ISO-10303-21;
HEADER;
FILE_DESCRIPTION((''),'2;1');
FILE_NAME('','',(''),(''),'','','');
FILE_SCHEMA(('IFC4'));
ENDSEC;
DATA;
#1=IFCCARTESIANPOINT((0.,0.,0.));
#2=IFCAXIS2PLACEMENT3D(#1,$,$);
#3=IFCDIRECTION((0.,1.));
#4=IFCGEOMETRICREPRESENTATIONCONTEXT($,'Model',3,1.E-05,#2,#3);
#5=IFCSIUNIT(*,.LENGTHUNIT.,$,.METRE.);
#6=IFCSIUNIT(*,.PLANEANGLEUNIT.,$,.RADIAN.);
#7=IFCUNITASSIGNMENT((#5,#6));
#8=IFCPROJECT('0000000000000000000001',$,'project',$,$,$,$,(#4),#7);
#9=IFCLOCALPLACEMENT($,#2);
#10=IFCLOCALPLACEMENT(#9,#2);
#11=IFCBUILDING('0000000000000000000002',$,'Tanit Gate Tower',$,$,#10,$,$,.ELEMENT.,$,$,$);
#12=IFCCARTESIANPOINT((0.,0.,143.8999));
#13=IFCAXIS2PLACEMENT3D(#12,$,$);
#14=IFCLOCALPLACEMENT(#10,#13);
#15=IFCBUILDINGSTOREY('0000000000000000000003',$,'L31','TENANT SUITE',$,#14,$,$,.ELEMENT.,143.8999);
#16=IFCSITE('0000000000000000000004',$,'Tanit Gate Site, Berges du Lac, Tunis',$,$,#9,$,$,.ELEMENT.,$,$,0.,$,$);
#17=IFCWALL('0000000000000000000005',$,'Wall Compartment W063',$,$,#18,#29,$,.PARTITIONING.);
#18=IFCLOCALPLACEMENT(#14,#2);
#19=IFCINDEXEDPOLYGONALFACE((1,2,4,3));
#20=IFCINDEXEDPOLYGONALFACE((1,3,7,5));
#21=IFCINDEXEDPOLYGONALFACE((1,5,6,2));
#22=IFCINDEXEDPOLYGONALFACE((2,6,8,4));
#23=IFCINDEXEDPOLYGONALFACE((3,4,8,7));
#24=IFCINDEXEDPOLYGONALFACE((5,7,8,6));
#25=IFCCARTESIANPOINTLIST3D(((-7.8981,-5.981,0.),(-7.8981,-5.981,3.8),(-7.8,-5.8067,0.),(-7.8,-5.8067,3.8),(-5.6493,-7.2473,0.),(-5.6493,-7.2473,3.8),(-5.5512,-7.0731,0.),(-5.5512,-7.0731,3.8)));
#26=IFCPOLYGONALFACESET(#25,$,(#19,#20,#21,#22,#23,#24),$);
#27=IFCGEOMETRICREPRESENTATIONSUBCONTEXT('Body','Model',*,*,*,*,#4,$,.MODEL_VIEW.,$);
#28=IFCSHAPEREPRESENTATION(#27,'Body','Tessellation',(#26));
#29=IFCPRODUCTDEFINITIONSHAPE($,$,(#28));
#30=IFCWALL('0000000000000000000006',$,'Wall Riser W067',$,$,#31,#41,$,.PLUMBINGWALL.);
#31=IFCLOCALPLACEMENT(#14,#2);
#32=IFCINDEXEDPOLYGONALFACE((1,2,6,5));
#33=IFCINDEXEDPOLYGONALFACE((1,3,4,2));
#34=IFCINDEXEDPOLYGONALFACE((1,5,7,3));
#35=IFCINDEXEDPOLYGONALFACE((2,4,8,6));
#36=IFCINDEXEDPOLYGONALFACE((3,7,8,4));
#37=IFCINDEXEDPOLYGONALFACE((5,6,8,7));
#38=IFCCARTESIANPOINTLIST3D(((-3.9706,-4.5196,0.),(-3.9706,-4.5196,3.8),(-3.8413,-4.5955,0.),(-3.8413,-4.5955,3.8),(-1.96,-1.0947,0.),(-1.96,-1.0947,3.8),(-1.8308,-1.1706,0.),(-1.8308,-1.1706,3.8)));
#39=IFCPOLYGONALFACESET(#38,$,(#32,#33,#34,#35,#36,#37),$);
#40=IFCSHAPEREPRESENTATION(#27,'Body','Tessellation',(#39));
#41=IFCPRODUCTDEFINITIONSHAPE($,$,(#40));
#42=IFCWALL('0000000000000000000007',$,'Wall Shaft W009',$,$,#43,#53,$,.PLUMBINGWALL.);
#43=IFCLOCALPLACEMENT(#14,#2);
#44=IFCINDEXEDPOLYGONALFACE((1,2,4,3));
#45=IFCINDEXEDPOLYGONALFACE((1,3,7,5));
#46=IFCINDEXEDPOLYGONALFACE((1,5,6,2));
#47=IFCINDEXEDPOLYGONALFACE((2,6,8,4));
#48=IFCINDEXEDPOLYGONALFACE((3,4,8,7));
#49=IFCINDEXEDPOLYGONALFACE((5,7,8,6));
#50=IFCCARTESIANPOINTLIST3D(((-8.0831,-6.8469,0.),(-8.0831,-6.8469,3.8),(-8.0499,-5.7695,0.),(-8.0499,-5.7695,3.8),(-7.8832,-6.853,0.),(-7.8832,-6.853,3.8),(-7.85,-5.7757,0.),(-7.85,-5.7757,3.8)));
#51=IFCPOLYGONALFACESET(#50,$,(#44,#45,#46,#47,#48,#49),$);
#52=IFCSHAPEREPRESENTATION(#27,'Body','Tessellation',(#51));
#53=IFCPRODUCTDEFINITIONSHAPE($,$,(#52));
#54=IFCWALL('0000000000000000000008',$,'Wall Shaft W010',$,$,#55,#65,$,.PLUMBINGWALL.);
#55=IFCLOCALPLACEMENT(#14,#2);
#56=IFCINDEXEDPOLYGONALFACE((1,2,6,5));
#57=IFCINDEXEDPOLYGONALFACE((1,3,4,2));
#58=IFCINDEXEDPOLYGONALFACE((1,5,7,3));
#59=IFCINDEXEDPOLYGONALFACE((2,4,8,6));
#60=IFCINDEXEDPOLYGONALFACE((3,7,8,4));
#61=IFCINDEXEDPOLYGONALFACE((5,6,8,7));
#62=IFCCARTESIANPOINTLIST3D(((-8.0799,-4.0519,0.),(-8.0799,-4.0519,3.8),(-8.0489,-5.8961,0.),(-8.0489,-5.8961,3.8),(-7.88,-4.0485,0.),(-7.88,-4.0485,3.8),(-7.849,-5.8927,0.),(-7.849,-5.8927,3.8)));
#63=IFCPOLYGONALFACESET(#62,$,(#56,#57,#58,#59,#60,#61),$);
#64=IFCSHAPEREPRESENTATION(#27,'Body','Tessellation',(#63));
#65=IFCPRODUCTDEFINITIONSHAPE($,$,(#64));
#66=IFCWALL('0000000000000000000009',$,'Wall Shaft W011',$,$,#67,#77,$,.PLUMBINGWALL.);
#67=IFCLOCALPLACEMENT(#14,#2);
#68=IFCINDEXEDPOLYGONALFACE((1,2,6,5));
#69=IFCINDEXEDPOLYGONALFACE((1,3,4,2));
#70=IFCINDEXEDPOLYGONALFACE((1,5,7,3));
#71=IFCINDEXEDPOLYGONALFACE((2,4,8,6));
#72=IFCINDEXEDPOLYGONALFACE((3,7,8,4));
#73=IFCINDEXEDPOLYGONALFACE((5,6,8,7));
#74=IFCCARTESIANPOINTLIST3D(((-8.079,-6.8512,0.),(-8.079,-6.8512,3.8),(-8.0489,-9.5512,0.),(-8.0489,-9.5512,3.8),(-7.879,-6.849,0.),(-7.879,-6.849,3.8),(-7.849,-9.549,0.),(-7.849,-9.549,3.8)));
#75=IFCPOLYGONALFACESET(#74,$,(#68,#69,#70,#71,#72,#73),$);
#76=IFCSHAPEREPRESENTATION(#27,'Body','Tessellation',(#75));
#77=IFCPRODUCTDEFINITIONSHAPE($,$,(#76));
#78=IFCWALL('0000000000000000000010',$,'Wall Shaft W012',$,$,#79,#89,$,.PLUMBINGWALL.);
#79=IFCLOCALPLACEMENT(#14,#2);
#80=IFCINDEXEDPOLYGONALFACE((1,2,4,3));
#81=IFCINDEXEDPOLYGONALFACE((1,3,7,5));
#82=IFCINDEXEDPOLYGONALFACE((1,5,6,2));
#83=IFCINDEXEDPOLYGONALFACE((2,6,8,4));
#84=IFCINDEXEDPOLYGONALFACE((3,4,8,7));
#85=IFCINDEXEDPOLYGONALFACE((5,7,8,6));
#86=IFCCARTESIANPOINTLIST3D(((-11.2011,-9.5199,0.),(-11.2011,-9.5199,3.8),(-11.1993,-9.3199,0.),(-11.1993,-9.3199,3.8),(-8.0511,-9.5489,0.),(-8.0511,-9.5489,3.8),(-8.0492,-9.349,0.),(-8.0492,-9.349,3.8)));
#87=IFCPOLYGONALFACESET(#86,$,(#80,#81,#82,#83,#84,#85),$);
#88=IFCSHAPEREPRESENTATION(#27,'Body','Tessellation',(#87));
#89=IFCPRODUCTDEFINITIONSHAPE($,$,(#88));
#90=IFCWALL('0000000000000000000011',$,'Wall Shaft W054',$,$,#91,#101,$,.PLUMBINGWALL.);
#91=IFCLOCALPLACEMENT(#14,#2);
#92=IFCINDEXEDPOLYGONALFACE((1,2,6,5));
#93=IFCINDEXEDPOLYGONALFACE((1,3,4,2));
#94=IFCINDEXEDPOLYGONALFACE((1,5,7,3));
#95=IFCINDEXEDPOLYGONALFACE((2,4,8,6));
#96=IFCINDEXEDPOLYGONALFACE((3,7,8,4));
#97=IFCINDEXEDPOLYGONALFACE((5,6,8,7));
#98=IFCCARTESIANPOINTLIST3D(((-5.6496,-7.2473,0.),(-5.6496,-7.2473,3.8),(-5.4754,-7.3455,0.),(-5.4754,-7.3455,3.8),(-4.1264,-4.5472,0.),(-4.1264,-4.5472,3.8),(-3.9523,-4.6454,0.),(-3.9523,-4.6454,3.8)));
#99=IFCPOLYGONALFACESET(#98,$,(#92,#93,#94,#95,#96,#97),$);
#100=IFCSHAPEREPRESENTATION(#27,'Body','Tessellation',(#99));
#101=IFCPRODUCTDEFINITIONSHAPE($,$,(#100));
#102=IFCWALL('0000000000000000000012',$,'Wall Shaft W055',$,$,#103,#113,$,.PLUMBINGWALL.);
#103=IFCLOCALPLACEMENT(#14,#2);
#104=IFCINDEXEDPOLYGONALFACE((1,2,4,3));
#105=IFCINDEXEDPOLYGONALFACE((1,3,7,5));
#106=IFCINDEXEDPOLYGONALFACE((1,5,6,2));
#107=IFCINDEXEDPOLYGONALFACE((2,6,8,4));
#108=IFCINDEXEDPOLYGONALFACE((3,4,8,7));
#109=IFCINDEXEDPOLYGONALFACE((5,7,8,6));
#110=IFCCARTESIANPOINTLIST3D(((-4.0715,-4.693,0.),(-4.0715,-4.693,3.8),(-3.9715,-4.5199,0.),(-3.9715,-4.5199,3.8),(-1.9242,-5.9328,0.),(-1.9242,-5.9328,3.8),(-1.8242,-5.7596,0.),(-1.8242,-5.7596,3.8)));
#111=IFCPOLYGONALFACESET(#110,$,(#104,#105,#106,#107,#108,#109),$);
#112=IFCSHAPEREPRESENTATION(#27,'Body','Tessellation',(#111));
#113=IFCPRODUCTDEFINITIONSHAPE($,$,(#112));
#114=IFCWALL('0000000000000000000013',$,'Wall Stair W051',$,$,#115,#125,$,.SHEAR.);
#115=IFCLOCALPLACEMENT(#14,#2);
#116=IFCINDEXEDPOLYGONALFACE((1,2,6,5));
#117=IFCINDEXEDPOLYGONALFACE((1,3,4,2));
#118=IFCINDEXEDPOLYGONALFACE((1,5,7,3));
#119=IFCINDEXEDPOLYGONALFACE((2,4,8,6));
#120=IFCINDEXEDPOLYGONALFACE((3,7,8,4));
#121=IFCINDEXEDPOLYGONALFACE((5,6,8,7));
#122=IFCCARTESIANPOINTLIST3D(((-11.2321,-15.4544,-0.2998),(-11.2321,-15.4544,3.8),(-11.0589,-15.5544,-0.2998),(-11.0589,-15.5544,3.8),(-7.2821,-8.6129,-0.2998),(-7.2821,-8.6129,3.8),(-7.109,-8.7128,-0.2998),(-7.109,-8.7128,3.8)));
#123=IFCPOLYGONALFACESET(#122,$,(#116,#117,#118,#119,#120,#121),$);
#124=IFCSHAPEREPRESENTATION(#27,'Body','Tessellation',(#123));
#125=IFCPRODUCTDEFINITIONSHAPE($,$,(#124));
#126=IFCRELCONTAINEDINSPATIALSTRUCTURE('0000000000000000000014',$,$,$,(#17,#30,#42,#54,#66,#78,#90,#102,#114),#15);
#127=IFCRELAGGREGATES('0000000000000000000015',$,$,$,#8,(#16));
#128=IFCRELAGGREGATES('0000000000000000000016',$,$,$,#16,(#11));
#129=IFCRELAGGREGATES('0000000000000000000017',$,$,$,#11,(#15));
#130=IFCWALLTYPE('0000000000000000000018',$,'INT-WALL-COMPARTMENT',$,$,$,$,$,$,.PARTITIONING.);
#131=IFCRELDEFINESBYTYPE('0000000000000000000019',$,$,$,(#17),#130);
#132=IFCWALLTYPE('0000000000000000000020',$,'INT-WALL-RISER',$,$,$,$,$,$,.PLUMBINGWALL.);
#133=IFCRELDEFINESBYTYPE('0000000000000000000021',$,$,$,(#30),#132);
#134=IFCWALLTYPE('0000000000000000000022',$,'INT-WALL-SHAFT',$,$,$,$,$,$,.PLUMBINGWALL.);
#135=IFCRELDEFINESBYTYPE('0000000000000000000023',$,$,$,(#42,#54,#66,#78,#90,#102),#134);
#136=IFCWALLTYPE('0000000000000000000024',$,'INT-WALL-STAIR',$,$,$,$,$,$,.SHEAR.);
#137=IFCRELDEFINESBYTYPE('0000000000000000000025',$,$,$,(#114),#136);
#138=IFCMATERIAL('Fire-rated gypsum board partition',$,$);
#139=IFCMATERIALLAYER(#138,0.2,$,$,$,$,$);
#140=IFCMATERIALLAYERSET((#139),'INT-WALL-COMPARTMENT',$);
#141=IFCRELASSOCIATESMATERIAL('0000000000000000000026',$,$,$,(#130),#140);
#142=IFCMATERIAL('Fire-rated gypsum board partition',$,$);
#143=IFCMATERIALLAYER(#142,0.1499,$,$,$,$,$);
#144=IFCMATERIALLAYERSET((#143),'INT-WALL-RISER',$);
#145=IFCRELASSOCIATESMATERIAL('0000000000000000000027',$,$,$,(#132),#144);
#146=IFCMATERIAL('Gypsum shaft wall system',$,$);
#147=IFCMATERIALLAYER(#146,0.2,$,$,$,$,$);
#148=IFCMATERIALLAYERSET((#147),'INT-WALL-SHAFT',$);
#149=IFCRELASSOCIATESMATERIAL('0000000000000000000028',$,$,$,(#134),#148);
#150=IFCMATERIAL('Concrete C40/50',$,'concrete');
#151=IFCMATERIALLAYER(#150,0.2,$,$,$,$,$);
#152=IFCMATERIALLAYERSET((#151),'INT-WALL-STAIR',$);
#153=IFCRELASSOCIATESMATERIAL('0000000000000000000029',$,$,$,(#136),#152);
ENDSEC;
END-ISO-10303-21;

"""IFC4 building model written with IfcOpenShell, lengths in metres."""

from ifc_helpers import new_model, si_unit, direction, frame, frame_2d, origin, place, context, subcontext, project, spatial, rectangle, extrude, material, layer, layer_set, type_object, element, save


model = new_model("IFC4")

# Units and contexts
model_context = context("Model", 3, precision=1e-05, world=origin(), true_north=direction((0.0, 1.0)))
body_context = subcontext(model_context, "Body", "Model", "MODEL_VIEW")
ifc_project = project(units=[si_unit("LENGTHUNIT", "METRE"), si_unit("PLANEANGLEUNIT", "RADIAN")], contexts=[model_context])

# Site, building, storey
site_placement = place(None, origin())
site = spatial("IfcSite", under=ifc_project, at=site_placement, Name="Tanit Gate Site, Berges du Lac, Tunis", CompositionType="ELEMENT", RefElevation=0.0)
building_placement = place(site_placement, origin())
building = spatial("IfcBuilding", under=site, at=building_placement, Name="Tanit Gate Tower", CompositionType="ELEMENT")
storey_placement = place(building_placement, frame((0.0, 0.0, 143.8999)))
storey = spatial("IfcBuildingStorey", under=building, at=storey_placement, Name="L31", Description="TENANT SUITE", CompositionType="ELEMENT", Elevation=143.8999)

# Walls
ifc_material_1 = material(Name="Fire-rated gypsum board partition")
ifc_layer_1 = layer(ifc_material_1, 0.2)
ifc_layer_set_1 = layer_set([ifc_layer_1], Name="INT-WALL-COMPARTMENT")
wall_type_1 = type_object("IfcWallType", Name="INT-WALL-COMPARTMENT", PredefinedType="PARTITIONING", material=ifc_layer_set_1)
wall_1_placement = place(storey_placement, frame((-7.8491, -5.8938, 0.0), z_axis=(0.0, 0.0, 1.0), x_axis=(0.87134, -0.490679, 0.0)))
element("IfcWall", 1, at=wall_1_placement, inside=storey, type_object=wall_type_1, Name="Wall Compartment W063", PredefinedType="PARTITIONING", context=body_context, shape_type="SweptSolid", body=[
    extrude(rectangle(XDim=2.5808, YDim=0.2, at=frame_2d((1.2905, 0.0))), origin(), (0.0, 0.0, 1.0), 3.8),
])
ifc_material_2 = material(Name="Fire-rated gypsum board partition")
ifc_layer_2 = layer(ifc_material_2, 0.1499)
ifc_layer_set_2 = layer_set([ifc_layer_2], Name="INT-WALL-RISER")
wall_type_2 = type_object("IfcWallType", Name="INT-WALL-RISER", PredefinedType="PLUMBINGWALL", material=ifc_layer_set_2)
wall_2_placement = place(storey_placement, frame((-3.906, -4.5576, 0.0), z_axis=(0.0, 0.0, 1.0), x_axis=(0.506254, 0.862384, 0.0)))
element("IfcWall", 2, at=wall_2_placement, inside=storey, type_object=wall_type_2, Name="Wall Riser W067", PredefinedType="PLUMBINGWALL", context=body_context, shape_type="SweptSolid", body=[
    extrude(rectangle(XDim=3.9714, YDim=0.1499, at=frame_2d((1.9858, 0.0))), origin(), (0.0, 0.0, 1.0), 3.8),
])
ifc_material_3 = material(Name="Gypsum shaft wall system")
ifc_layer_3 = layer(ifc_material_3, 0.2)
ifc_layer_set_3 = layer_set([ifc_layer_3], Name="INT-WALL-SHAFT")
wall_type_3 = type_object("IfcWallType", Name="INT-WALL-SHAFT", PredefinedType="PLUMBINGWALL", material=ifc_layer_set_3)
wall_3_placement = place(storey_placement, frame((-7.95, -5.7725, 0.0), z_axis=(0.0, 0.0, 1.0), x_axis=(-0.030803, -0.999525, 0.0)))
element("IfcWall", 3, at=wall_3_placement, inside=storey, type_object=wall_type_3, Name="Wall Shaft W009", PredefinedType="PLUMBINGWALL", context=body_context, shape_type="SweptSolid", body=[
    extrude(rectangle(XDim=1.0779, YDim=0.2, at=frame_2d((0.5391, 0.0))), origin(), (0.0, 0.0, 1.0), 3.8),
])
wall_4_placement = place(storey_placement, frame((-7.98, -4.05, 0.0), z_axis=(0.0, 0.0, 1.0), x_axis=(0.01681, -0.999859, 0.0)))
element("IfcWall", 4, at=wall_4_placement, inside=storey, type_object=wall_type_3, Name="Wall Shaft W010", PredefinedType="PLUMBINGWALL", context=body_context, shape_type="SweptSolid", body=[
    extrude(rectangle(XDim=1.8445, YDim=0.2, at=frame_2d((0.9224, 0.0))), origin(), (0.0, 0.0, 1.0), 3.8),
])
wall_5_placement = place(storey_placement, frame((-7.979, -6.8501, 0.0), z_axis=(0.0, 0.0, 1.0), x_axis=(0.011121, -0.999938, 0.0)))
element("IfcWall", 5, at=wall_5_placement, inside=storey, type_object=wall_type_3, Name="Wall Shaft W011", PredefinedType="PLUMBINGWALL", context=body_context, shape_type="SweptSolid", body=[
    extrude(rectangle(XDim=2.7002, YDim=0.2, at=frame_2d((1.3501, 0.0))), origin(), (0.0, 0.0, 1.0), 3.8),
])
wall_6_placement = place(storey_placement, frame((-8.05, -9.449, 0.0), z_axis=(0.0, 0.0, 1.0), x_axis=(-0.999957, 0.009223, 0.0)))
element("IfcWall", 6, at=wall_6_placement, inside=storey, type_object=wall_type_3, Name="Wall Shaft W012", PredefinedType="PLUMBINGWALL", context=body_context, shape_type="SweptSolid", body=[
    extrude(rectangle(XDim=3.1501, YDim=0.2, at=frame_2d((1.5752, 0.0))), origin(), (0.0, 0.0, 1.0), 3.8),
])

# Walls
wall_7_placement = place(storey_placement, frame((-5.5625, -7.2964, 0.0), z_axis=(0.0, 0.0, 1.0), x_axis=(0.491323, 0.870978, 0.0)))
element("IfcWall", 7, at=wall_7_placement, inside=storey, type_object=wall_type_3, Name="Wall Shaft W054", PredefinedType="PLUMBINGWALL", context=body_context, shape_type="SweptSolid", body=[
    extrude(rectangle(XDim=3.1001, YDim=0.2, at=frame_2d((1.55, 0.0))), origin(), (0.0, 0.0, 1.0), 3.8),
])
wall_8_placement = place(storey_placement, frame((-4.0215, -4.6064, 0.0), z_axis=(0.0, 0.0, 1.0), x_axis=(0.866017, -0.500015, 0.0)))
element("IfcWall", 8, at=wall_8_placement, inside=storey, type_object=wall_type_3, Name="Wall Shaft W055", PredefinedType="PLUMBINGWALL", context=body_context, shape_type="SweptSolid", body=[
    extrude(rectangle(XDim=2.4795, YDim=0.2, at=frame_2d((1.2397, 0.0))), origin(), (0.0, 0.0, 1.0), 3.8),
])
ifc_material_4 = material(Name="Concrete C40/50", Category="concrete")
ifc_layer_4 = layer(ifc_material_4, 0.2)
ifc_layer_set_4 = layer_set([ifc_layer_4], Name="INT-WALL-STAIR")
wall_type_4 = type_object("IfcWallType", Name="INT-WALL-STAIR", PredefinedType="SHEAR", material=ifc_layer_set_4)
wall_9_placement = place(storey_placement, frame((-7.1956, -8.6628, -0.2998), z_axis=(0.0, 0.0, 1.0), x_axis=(-0.499998, -0.866027, 0.0)))
element("IfcWall", 9, at=wall_9_placement, inside=storey, type_object=wall_type_4, Name="Wall Stair W051", PredefinedType="SHEAR", context=body_context, shape_type="SweptSolid", body=[
    extrude(rectangle(XDim=7.8999, YDim=0.2, at=frame_2d((3.95, 0.0))), origin(), (0.0, 0.0, 1.0), 4.0999),
])

save(model, "model.ifc")
